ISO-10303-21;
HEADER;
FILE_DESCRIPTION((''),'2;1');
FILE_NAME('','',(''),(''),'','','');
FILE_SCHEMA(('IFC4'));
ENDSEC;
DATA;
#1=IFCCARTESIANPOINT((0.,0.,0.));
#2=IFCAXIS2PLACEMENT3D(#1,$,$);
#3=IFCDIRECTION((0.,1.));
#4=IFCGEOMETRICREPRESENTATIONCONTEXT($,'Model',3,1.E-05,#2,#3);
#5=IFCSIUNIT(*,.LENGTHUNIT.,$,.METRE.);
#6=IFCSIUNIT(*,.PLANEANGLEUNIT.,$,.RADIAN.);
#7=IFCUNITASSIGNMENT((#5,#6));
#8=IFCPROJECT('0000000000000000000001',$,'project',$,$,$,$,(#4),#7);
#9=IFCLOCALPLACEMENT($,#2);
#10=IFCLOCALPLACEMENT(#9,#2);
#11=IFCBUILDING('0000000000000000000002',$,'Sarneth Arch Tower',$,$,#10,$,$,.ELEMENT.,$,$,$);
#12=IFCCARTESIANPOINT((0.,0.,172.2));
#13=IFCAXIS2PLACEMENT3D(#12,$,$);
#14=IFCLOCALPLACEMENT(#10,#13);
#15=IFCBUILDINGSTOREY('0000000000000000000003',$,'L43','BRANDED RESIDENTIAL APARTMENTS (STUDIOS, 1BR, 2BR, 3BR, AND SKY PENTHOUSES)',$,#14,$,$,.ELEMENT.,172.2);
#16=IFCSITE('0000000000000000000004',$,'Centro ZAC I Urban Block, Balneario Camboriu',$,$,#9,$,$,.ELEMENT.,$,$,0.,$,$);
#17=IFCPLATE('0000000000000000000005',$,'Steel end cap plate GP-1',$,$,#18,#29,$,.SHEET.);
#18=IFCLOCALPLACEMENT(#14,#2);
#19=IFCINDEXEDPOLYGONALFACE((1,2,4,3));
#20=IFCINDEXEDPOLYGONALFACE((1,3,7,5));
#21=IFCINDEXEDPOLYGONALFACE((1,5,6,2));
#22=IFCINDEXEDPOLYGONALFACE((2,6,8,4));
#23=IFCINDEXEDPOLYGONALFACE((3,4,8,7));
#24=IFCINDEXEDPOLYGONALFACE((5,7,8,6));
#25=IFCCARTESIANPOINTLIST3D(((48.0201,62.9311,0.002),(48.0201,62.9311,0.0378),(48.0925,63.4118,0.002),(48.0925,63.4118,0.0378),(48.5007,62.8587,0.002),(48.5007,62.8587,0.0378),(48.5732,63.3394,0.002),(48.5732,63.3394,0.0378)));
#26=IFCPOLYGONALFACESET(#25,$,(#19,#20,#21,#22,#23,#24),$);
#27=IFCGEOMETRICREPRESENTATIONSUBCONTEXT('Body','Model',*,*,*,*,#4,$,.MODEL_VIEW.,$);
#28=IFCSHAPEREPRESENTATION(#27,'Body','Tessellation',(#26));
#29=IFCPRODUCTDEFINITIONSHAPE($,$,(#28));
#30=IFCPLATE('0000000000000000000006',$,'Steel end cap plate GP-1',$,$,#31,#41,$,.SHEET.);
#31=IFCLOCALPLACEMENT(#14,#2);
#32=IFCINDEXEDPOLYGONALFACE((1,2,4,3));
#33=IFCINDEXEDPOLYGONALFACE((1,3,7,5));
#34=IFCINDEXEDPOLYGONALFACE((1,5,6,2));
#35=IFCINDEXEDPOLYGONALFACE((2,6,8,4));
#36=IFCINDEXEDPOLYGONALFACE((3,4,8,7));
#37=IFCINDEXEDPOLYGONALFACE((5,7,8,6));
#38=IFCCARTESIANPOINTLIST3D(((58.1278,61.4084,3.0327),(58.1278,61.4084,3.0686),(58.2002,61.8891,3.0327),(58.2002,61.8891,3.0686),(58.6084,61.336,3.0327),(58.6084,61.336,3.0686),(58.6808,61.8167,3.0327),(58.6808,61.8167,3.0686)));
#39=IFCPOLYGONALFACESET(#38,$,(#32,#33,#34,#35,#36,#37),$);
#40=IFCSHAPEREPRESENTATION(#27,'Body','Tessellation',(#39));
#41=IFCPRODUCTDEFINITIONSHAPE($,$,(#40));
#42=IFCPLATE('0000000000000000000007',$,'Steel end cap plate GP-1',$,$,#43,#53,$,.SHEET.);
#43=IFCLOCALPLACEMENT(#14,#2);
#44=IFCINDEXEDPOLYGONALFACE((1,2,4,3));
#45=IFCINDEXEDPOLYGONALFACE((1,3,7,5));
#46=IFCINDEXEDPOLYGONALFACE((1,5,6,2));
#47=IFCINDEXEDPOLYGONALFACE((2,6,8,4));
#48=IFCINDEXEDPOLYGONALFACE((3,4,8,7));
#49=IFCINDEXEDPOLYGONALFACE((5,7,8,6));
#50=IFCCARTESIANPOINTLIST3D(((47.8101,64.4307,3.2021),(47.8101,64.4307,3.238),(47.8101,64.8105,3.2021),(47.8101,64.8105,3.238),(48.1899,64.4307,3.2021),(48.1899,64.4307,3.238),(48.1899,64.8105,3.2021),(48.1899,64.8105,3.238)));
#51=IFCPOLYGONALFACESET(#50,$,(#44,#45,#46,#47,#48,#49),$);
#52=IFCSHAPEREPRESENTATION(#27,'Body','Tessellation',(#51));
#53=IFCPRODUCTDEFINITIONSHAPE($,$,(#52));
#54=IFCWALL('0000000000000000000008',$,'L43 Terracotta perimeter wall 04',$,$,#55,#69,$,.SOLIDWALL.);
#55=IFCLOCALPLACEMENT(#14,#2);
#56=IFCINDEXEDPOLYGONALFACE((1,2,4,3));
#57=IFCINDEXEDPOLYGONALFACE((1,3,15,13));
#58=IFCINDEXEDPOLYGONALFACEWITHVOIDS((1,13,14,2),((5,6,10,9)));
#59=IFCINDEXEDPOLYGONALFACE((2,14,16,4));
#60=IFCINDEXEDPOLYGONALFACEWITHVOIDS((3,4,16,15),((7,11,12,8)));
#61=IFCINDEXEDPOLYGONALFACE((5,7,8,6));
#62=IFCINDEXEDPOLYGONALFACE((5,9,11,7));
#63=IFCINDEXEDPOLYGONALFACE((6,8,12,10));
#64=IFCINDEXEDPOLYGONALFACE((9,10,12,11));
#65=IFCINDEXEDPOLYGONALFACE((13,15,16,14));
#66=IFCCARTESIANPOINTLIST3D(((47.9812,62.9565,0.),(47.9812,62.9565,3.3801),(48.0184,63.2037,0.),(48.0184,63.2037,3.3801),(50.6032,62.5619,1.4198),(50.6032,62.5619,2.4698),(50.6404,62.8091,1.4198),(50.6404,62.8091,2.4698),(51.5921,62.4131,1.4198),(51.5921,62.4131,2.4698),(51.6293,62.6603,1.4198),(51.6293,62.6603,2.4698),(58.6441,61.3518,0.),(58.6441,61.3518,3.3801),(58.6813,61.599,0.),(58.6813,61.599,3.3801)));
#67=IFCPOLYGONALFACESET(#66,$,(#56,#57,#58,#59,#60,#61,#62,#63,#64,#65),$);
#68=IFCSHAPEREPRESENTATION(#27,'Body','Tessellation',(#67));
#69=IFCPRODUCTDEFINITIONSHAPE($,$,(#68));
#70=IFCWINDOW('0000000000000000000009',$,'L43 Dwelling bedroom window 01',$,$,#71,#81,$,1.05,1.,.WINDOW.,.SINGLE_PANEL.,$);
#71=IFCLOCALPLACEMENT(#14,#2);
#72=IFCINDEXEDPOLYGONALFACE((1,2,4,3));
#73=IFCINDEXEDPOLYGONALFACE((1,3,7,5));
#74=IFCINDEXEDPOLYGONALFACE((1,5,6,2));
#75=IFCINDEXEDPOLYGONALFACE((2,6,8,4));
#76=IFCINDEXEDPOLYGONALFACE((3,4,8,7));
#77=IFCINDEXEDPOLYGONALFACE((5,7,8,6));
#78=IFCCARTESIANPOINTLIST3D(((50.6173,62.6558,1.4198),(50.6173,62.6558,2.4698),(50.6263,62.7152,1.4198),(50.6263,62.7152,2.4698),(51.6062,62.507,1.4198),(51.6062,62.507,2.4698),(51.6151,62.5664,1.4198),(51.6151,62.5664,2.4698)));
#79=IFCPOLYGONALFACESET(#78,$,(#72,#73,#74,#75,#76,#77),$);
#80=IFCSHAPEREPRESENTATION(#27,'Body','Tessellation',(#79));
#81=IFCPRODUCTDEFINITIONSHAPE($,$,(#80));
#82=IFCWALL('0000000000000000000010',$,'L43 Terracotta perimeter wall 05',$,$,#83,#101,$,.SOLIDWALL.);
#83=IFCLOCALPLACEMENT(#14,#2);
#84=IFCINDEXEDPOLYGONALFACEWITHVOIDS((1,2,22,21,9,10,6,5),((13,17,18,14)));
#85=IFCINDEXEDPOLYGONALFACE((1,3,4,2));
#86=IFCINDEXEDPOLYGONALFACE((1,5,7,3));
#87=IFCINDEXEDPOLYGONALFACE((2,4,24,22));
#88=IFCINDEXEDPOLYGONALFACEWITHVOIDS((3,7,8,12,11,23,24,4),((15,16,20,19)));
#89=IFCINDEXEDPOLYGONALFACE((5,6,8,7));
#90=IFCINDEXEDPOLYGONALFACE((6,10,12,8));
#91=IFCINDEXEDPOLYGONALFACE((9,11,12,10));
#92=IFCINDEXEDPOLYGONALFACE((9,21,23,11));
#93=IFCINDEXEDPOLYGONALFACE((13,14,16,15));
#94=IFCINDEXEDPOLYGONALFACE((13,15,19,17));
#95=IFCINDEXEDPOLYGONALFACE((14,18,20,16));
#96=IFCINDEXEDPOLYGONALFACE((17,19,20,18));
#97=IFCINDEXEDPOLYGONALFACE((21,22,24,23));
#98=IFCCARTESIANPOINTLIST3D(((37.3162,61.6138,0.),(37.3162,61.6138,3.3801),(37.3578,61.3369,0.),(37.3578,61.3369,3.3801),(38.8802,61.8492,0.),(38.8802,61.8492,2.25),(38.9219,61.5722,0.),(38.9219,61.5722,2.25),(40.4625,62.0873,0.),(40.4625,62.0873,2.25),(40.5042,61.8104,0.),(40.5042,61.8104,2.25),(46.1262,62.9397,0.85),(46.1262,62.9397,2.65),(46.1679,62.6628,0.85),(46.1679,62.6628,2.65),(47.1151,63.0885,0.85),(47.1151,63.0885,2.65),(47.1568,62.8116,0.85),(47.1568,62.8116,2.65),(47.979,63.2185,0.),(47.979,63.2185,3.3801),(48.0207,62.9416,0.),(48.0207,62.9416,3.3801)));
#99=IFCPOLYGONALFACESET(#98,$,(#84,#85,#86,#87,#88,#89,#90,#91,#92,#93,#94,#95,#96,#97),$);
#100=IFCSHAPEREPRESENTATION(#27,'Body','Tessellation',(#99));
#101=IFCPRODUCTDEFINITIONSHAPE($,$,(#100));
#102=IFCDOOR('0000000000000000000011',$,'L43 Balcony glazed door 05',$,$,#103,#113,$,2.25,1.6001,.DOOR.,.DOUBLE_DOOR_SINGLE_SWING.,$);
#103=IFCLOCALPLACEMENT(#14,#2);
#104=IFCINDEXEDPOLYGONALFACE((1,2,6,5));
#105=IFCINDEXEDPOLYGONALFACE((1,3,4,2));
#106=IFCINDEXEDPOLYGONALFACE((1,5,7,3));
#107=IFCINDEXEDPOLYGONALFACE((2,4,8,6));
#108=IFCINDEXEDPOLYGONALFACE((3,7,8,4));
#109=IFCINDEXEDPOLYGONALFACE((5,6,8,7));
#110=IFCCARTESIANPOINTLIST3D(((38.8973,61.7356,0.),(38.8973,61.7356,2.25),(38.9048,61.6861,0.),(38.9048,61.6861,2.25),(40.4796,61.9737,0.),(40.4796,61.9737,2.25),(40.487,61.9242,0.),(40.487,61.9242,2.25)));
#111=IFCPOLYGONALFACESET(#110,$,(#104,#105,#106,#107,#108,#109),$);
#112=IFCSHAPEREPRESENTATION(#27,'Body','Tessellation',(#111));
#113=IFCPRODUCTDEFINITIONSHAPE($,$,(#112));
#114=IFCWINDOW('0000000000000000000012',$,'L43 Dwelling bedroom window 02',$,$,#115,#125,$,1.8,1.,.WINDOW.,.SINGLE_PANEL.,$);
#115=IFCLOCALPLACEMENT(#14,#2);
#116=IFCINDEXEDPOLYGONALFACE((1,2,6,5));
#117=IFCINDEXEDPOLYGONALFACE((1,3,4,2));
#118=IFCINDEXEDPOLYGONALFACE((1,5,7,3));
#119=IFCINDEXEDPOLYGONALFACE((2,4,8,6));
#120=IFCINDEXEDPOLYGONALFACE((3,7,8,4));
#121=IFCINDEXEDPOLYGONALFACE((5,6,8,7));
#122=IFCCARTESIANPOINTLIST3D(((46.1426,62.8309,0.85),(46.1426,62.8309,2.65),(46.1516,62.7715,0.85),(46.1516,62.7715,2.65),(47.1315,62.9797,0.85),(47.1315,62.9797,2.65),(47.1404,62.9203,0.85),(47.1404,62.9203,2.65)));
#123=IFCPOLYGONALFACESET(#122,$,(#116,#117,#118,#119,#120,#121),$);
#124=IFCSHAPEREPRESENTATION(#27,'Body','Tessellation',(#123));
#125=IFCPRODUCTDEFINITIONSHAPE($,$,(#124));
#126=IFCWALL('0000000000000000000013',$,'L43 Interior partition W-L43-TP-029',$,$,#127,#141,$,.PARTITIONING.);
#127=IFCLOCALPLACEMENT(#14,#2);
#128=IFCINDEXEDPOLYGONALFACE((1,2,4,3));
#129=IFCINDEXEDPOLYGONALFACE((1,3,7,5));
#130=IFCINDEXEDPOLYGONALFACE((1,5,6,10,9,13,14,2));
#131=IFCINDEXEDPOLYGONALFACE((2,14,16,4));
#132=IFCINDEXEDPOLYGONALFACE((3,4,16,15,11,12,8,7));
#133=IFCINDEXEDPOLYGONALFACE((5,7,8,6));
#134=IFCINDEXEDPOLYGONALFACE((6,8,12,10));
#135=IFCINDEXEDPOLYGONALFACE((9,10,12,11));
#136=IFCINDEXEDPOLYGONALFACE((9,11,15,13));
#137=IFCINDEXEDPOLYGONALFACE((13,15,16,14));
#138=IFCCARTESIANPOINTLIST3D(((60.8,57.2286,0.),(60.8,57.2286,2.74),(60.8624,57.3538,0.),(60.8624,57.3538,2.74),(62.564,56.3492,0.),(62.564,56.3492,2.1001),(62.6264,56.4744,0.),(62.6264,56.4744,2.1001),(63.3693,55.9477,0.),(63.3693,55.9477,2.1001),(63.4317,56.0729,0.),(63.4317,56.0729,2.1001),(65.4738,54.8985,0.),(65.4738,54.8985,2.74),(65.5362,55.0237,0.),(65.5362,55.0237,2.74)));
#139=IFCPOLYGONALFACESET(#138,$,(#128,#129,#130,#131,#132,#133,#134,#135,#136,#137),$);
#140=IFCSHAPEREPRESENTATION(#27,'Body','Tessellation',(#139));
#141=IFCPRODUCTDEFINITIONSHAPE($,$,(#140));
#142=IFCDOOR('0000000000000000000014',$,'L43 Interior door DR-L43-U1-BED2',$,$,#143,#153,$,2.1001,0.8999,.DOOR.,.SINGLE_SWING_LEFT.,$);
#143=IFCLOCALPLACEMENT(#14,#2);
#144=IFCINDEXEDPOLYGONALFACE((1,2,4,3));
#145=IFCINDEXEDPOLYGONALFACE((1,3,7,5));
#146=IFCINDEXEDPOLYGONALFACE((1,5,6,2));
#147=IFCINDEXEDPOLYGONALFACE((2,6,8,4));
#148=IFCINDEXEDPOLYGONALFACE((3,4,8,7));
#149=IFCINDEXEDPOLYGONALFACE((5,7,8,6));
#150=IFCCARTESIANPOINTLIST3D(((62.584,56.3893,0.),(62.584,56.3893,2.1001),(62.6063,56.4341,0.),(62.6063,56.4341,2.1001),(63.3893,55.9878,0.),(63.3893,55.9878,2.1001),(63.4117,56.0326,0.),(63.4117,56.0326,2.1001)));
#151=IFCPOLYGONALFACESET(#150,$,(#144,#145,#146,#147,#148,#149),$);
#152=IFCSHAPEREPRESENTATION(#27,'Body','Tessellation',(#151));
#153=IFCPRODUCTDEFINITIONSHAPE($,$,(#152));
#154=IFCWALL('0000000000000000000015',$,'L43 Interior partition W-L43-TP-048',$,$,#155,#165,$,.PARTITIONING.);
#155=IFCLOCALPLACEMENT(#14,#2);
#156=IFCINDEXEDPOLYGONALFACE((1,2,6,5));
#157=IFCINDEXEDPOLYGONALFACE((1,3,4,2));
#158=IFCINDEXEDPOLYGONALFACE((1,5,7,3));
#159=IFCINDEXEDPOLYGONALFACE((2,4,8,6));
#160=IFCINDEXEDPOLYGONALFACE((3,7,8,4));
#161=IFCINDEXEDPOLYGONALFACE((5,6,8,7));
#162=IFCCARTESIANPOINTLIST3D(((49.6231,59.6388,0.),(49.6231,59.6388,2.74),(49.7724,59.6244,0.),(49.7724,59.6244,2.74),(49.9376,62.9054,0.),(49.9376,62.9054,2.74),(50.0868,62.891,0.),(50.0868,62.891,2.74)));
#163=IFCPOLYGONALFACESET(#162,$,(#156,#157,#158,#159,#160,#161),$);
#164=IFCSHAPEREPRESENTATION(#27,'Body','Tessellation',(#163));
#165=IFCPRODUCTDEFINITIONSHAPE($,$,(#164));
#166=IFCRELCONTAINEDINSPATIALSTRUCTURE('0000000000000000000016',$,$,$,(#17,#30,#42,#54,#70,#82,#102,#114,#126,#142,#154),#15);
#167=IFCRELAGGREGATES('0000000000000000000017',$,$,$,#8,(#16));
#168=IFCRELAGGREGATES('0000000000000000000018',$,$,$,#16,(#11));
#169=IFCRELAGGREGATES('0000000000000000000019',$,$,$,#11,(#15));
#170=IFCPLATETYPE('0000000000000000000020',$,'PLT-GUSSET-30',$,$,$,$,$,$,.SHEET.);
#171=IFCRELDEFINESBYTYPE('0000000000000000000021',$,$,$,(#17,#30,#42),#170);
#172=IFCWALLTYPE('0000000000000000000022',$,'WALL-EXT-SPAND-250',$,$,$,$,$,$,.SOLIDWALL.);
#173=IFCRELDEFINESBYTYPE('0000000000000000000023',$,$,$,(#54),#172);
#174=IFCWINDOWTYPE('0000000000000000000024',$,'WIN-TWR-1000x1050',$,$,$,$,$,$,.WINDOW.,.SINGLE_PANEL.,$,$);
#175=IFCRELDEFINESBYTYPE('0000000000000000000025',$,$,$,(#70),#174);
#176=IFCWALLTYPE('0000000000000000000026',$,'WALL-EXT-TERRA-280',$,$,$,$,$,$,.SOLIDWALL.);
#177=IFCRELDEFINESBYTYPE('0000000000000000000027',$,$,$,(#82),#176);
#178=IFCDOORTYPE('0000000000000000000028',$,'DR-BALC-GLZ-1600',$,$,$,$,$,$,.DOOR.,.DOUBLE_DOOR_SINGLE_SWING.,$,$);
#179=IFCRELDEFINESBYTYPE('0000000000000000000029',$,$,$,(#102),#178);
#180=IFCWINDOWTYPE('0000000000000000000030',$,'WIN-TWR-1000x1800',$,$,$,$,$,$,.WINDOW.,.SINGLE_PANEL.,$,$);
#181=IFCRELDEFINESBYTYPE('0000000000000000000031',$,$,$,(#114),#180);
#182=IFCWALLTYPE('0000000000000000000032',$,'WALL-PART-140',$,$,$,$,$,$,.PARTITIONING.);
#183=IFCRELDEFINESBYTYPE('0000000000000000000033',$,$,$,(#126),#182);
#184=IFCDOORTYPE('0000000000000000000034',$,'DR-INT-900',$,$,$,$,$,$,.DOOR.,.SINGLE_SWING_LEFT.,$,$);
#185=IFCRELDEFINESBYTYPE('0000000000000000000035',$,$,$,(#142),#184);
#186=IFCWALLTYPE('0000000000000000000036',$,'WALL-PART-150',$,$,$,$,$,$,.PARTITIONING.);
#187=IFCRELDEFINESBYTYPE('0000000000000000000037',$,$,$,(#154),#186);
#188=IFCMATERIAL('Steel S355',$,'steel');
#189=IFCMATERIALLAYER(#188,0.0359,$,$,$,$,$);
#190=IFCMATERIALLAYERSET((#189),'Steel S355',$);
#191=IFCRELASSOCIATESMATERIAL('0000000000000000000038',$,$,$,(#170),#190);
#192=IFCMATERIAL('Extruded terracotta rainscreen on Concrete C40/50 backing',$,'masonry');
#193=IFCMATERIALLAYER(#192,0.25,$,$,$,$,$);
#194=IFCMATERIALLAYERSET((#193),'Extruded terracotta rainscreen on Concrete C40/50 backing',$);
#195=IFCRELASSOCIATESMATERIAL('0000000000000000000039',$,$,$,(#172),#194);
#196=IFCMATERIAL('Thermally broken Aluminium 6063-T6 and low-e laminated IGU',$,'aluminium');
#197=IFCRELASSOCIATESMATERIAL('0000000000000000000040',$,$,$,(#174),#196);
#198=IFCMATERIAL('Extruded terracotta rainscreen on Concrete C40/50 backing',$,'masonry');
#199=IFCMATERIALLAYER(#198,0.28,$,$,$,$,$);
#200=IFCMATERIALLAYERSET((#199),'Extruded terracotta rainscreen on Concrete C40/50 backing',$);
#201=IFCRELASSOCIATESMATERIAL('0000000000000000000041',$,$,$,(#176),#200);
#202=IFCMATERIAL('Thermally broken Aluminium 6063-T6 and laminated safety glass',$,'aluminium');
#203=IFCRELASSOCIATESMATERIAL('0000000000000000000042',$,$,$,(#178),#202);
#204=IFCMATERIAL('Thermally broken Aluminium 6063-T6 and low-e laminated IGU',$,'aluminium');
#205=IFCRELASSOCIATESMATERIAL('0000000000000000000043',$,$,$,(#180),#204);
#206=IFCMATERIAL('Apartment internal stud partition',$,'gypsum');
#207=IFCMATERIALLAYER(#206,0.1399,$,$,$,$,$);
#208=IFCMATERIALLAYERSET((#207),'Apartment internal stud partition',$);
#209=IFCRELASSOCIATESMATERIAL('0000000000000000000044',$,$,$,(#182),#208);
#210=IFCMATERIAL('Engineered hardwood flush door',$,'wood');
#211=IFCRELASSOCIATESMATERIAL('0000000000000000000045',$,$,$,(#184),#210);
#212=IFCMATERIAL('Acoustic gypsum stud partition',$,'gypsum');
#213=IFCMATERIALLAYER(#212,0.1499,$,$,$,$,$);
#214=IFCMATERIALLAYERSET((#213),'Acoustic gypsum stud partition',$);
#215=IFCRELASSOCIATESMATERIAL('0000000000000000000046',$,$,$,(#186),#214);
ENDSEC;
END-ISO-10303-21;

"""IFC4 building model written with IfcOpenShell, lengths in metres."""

from ifc_helpers import new_model, si_unit, direction, frame, frame_2d, origin, origin_2d, place, context, subcontext, project, spatial, rectangle, extrude, material, layer, layer_set, type_object, element, fill, save


model = new_model("IFC4")

# Units and contexts
model_context = context("Model", 3, precision=1e-05, world=origin(), true_north=direction((0.0, 1.0)))
body_context = subcontext(model_context, "Body", "Model", "MODEL_VIEW")
ifc_project = project(units=[si_unit("LENGTHUNIT", "METRE"), si_unit("PLANEANGLEUNIT", "RADIAN")], contexts=[model_context])

# Site, building, storey
site_placement = place(None, origin())
site = spatial("IfcSite", under=ifc_project, at=site_placement, Name="Centro ZAC I Urban Block, Balneario Camboriu", CompositionType="ELEMENT", RefElevation=0.0)
building_placement = place(site_placement, origin())
building = spatial("IfcBuilding", under=site, at=building_placement, Name="Sarneth Arch Tower", CompositionType="ELEMENT")
storey_placement = place(building_placement, frame((0.0, 0.0, 172.2)))
storey = spatial("IfcBuildingStorey", under=building, at=storey_placement, Name="L43", Description="BRANDED RESIDENTIAL APARTMENTS (STUDIOS, 1BR, 2BR, 3BR, AND SKY PENTHOUSES)", CompositionType="ELEMENT", Elevation=172.2)

# Plates
ifc_material_1 = material(Name="Steel S355", Category="steel")
ifc_layer_1 = layer(ifc_material_1, 0.0359)
ifc_layer_set_1 = layer_set([ifc_layer_1], Name="Steel S355")
plate_type = type_object("IfcPlateType", Name="PLT-GUSSET-30", PredefinedType="SHEET", material=ifc_layer_set_1)
for number, where, z_axis, x_axis, name in (
    (1, (48.2966, 63.1353, 0.002), (0.0, 0.0, 1.0), (-0.988835, 0.149018, 0.0), "Steel end cap plate GP-1"),
    (2, (58.4043, 61.6125, 3.0327), (0.0, 0.0, 1.0), (-0.988835, 0.149018, 0.0), "Steel end cap plate GP-1"),
):
    element("IfcPlate", number, at=place(storey_placement, frame(where, z_axis=z_axis, x_axis=x_axis)), inside=storey, type_object=plate_type, Name=name, PredefinedType="SHEET", context=body_context, shape_type="SweptSolid", body=[
        extrude(rectangle(XDim=0.4861, YDim=0.4861, at=origin_2d()), origin(), (0.0, 0.0, 1.0), 0.0359),
    ])
plate_placement = place(storey_placement, frame((48.0, 64.6206, 3.2021), z_axis=(0.0, 0.0, 1.0), x_axis=(0.0, 1.0, 0.0)))
element("IfcPlate", 3, at=plate_placement, inside=storey, type_object=plate_type, Name="Steel end cap plate GP-1", PredefinedType="SHEET", context=body_context, shape_type="SweptSolid", body=[
    extrude(rectangle(XDim=0.3799, YDim=0.3799, at=origin_2d()), origin(), (0.0, 0.0, 1.0), 0.0359),
])

# Wall, opening, window
ifc_material_2 = material(Name="Extruded terracotta rainscreen on Concrete C40/50 backing", Category="masonry")
ifc_layer_2 = layer(ifc_material_2, 0.25)
ifc_layer_set_2 = layer_set([ifc_layer_2], Name="Extruded terracotta rainscreen on Concrete C40/50 backing")
wall_type_1 = type_object("IfcWallType", Name="WALL-EXT-SPAND-250", PredefinedType="SOLIDWALL", material=ifc_layer_set_2)
wall_1_placement = place(storey_placement, frame((58.6628, 61.4753, 0.0), z_axis=(0.0, 0.0, 1.0), x_axis=(-0.988864, 0.148822, 0.0)))
wall_1 = element("IfcWall", 4, at=wall_1_placement, inside=storey, type_object=wall_type_1, Name="L43 Terracotta perimeter wall 04", PredefinedType="SOLIDWALL", context=body_context, shape_type="SweptSolid", body=[
    extrude(rectangle(XDim=10.783, YDim=0.25, at=frame_2d((5.3916, 0.0))), origin(), (0.0, 0.0, 1.0), 3.3801),
])
opening_1_placement = place(wall_1_placement, frame((7.1316, 0.0, 1.4199)))
opening_1 = element("IfcOpeningElement", 5, at=opening_1_placement, cuts=wall_1, PredefinedType="OPENING", context=body_context, shape_type="SweptSolid", body=[
    extrude(rectangle(XDim=1.0, YDim=1.05, at=frame_2d((0.5, 0.5249))), frame((0.0, 0.135, 0.0), z_axis=(0.0, -1.0, 0.0), x_axis=(1.0, 0.0, 0.0)), (0.0, 0.0, 1.0), 0.27),
])
ifc_material_3 = material(Name="Thermally broken Aluminium 6063-T6 and low-e laminated IGU", Category="aluminium")
window_type_1 = type_object("IfcWindowType", Name="WIN-TWR-1000x1050", PartitioningType="SINGLE_PANEL", PredefinedType="WINDOW", material=ifc_material_3)
window_1_placement = place(opening_1_placement, origin())
window_1 = element("IfcWindow", 6, at=window_1_placement, inside=storey, type_object=window_type_1, Name="L43 Dwelling bedroom window 01", OverallHeight=1.05, OverallWidth=1.0, PartitioningType="SINGLE_PANEL", PredefinedType="WINDOW", context=body_context, shape_type="SweptSolid", body=[
    extrude(rectangle(XDim=1.0, YDim=1.05, at=frame_2d((0.5, 0.5249))), frame((0.0, 0.03, 0.0), z_axis=(0.0, -1.0, 0.0), x_axis=(1.0, 0.0, 0.0)), (0.0, 0.0, 1.0), 0.0601),
])
fill(opening_1, window_1)

# Wall, openings, door, window
ifc_material_4 = material(Name="Extruded terracotta rainscreen on Concrete C40/50 backing", Category="masonry")
ifc_layer_3 = layer(ifc_material_4, 0.28)
ifc_layer_set_3 = layer_set([ifc_layer_3], Name="Extruded terracotta rainscreen on Concrete C40/50 backing")
wall_type_2 = type_object("IfcWallType", Name="WALL-EXT-TERRA-280", PredefinedType="SOLIDWALL", material=ifc_layer_set_3)
wall_2_placement = place(storey_placement, frame((48.0, 63.0801, 0.0), z_axis=(0.0, 0.0, 1.0), x_axis=(-0.988864, -0.148822, 0.0)))
wall_2 = element("IfcWall", 7, at=wall_2_placement, inside=storey, type_object=wall_type_2, Name="L43 Terracotta perimeter wall 05", PredefinedType="SOLIDWALL", context=body_context, shape_type="SweptSolid", body=[
    extrude(rectangle(XDim=10.783, YDim=0.28, at=frame_2d((5.3916, 0.0))), origin(), (0.0, 0.0, 1.0), 3.3801),
])
opening_2_placement = place(wall_2_placement, frame((7.6013, 0.0, 0.0)))
opening_2 = element("IfcOpeningElement", 8, at=opening_2_placement, cuts=wall_2, PredefinedType="OPENING", context=body_context, shape_type="SweptSolid", body=[
    extrude(rectangle(XDim=1.6001, YDim=2.25, at=frame_2d((0.8, 1.125))), frame((0.0, 0.1499, 0.0), z_axis=(0.0, -1.0, 0.0), x_axis=(1.0, 0.0, 0.0)), (0.0, 0.0, 1.0), 0.3),
])
opening_3_placement = place(wall_2_placement, frame((0.8738, 0.0, 0.8501)))
opening_3 = element("IfcOpeningElement", 9, at=opening_3_placement, cuts=wall_2, PredefinedType="OPENING", context=body_context, shape_type="SweptSolid", body=[
    extrude(rectangle(XDim=1.0, YDim=1.8, at=frame_2d((0.5, 0.8999))), frame((0.0, 0.1499, 0.0), z_axis=(0.0, -1.0, 0.0), x_axis=(1.0, 0.0, 0.0)), (0.0, 0.0, 1.0), 0.3),
])
ifc_material_5 = material(Name="Thermally broken Aluminium 6063-T6 and laminated safety glass", Category="aluminium")
door_type_1 = type_object("IfcDoorType", Name="DR-BALC-GLZ-1600", OperationType="DOUBLE_DOOR_SINGLE_SWING", PredefinedType="DOOR", material=ifc_material_5)
door_1_placement = place(opening_2_placement, origin())
door_1 = element("IfcDoor", 10, at=door_1_placement, inside=storey, type_object=door_type_1, Name="L43 Balcony glazed door 05", OperationType="DOUBLE_DOOR_SINGLE_SWING", OverallHeight=2.25, OverallWidth=1.6001, PredefinedType="DOOR", context=body_context, shape_type="SweptSolid", body=[
    extrude(rectangle(XDim=1.6001, YDim=2.25, at=frame_2d((0.8, 1.125))), frame((0.0, 0.0249, 0.0), z_axis=(0.0, -1.0, 0.0), x_axis=(1.0, 0.0, 0.0)), (0.0, 0.0, 1.0), 0.05),
])
fill(opening_2, door_1)
ifc_material_6 = material(Name="Thermally broken Aluminium 6063-T6 and low-e laminated IGU", Category="aluminium")
window_type_2 = type_object("IfcWindowType", Name="WIN-TWR-1000x1800", PartitioningType="SINGLE_PANEL", PredefinedType="WINDOW", material=ifc_material_6)
window_2_placement = place(opening_3_placement, origin())
window_2 = element("IfcWindow", 11, at=window_2_placement, inside=storey, type_object=window_type_2, Name="L43 Dwelling bedroom window 02", OverallHeight=1.8, OverallWidth=1.0, PartitioningType="SINGLE_PANEL", PredefinedType="WINDOW", context=body_context, shape_type="SweptSolid", body=[
    extrude(rectangle(XDim=1.0, YDim=1.8, at=frame_2d((0.5, 0.8999))), frame((0.0, 0.03, 0.0), z_axis=(0.0, -1.0, 0.0), x_axis=(1.0, 0.0, 0.0)), (0.0, 0.0, 1.0), 0.0601),
])
fill(opening_3, window_2)

# Wall, opening, door
ifc_material_7 = material(Name="Apartment internal stud partition", Category="gypsum")
ifc_layer_4 = layer(ifc_material_7, 0.1399)
ifc_layer_set_4 = layer_set([ifc_layer_4], Name="Apartment internal stud partition")
wall_type_3 = type_object("IfcWallType", Name="WALL-PART-140", PredefinedType="PARTITIONING", material=ifc_layer_set_4)
wall_3_placement = place(storey_placement, frame((60.8311, 57.2913, 0.0), z_axis=(0.0, 0.0, 1.0), x_axis=(0.89495, -0.446166, 0.0)))
wall_3 = element("IfcWall", 12, at=wall_3_placement, inside=storey, type_object=wall_type_3, Name="L43 Interior partition W-L43-TP-029", PredefinedType="PARTITIONING", context=body_context, shape_type="SweptSolid", body=[
    extrude(rectangle(XDim=5.2224, YDim=0.1399, at=frame_2d((2.6113, 0.0))), origin(), (0.0, 0.0, 1.0), 2.74),
])
opening_4_placement = place(wall_3_placement, frame((1.9712, 0.0, 0.0)))
opening_4 = element("IfcOpeningElement", 13, at=opening_4_placement, cuts=wall_3, PredefinedType="OPENING", context=body_context, shape_type="SweptSolid", body=[
    extrude(rectangle(XDim=0.8999, YDim=2.1001, at=frame_2d((0.45, 1.05))), frame((0.0, 0.0798, 0.0), z_axis=(0.0, -1.0, 0.0), x_axis=(1.0, 0.0, 0.0)), (0.0, 0.0, 1.0), 0.1599),
])
ifc_material_8 = material(Name="Engineered hardwood flush door", Category="wood")
door_type_2 = type_object("IfcDoorType", Name="DR-INT-900", OperationType="SINGLE_SWING_LEFT", PredefinedType="DOOR", material=ifc_material_8)
door_2_placement = place(opening_4_placement, origin())
door_2 = element("IfcDoor", 14, at=door_2_placement, inside=storey, type_object=door_type_2, Name="L43 Interior door DR-L43-U1-BED2", OperationType="SINGLE_SWING_LEFT", OverallHeight=2.1001, OverallWidth=0.8999, PredefinedType="DOOR", context=body_context, shape_type="SweptSolid", body=[
    extrude(rectangle(XDim=0.8999, YDim=2.1001, at=frame_2d((0.45, 1.05))), frame((0.0, 0.0249, 0.0), z_axis=(0.0, -1.0, 0.0), x_axis=(1.0, 0.0, 0.0)), (0.0, 0.0, 1.0), 0.05),
])
fill(opening_4, door_2)

# Wall
ifc_material_9 = material(Name="Acoustic gypsum stud partition", Category="gypsum")
ifc_layer_5 = layer(ifc_material_9, 0.1499)
ifc_layer_set_5 = layer_set([ifc_layer_5], Name="Acoustic gypsum stud partition")
wall_type_4 = type_object("IfcWallType", Name="WALL-PART-150", PredefinedType="PARTITIONING", material=ifc_layer_set_5)
wall_4_placement = place(storey_placement, frame((49.6978, 59.6316, 0.0), z_axis=(0.0, 0.0, 1.0), x_axis=(0.09582, 0.995399, 0.0)))
element("IfcWall", 15, at=wall_4_placement, inside=storey, type_object=wall_type_4, Name="L43 Interior partition W-L43-TP-048", PredefinedType="PARTITIONING", context=body_context, shape_type="SweptSolid", body=[
    extrude(rectangle(XDim=3.2817, YDim=0.1499, at=frame_2d((1.6409, 0.0))), origin(), (0.0, 0.0, 1.0), 2.74),
])

save(model, "model.ifc")
